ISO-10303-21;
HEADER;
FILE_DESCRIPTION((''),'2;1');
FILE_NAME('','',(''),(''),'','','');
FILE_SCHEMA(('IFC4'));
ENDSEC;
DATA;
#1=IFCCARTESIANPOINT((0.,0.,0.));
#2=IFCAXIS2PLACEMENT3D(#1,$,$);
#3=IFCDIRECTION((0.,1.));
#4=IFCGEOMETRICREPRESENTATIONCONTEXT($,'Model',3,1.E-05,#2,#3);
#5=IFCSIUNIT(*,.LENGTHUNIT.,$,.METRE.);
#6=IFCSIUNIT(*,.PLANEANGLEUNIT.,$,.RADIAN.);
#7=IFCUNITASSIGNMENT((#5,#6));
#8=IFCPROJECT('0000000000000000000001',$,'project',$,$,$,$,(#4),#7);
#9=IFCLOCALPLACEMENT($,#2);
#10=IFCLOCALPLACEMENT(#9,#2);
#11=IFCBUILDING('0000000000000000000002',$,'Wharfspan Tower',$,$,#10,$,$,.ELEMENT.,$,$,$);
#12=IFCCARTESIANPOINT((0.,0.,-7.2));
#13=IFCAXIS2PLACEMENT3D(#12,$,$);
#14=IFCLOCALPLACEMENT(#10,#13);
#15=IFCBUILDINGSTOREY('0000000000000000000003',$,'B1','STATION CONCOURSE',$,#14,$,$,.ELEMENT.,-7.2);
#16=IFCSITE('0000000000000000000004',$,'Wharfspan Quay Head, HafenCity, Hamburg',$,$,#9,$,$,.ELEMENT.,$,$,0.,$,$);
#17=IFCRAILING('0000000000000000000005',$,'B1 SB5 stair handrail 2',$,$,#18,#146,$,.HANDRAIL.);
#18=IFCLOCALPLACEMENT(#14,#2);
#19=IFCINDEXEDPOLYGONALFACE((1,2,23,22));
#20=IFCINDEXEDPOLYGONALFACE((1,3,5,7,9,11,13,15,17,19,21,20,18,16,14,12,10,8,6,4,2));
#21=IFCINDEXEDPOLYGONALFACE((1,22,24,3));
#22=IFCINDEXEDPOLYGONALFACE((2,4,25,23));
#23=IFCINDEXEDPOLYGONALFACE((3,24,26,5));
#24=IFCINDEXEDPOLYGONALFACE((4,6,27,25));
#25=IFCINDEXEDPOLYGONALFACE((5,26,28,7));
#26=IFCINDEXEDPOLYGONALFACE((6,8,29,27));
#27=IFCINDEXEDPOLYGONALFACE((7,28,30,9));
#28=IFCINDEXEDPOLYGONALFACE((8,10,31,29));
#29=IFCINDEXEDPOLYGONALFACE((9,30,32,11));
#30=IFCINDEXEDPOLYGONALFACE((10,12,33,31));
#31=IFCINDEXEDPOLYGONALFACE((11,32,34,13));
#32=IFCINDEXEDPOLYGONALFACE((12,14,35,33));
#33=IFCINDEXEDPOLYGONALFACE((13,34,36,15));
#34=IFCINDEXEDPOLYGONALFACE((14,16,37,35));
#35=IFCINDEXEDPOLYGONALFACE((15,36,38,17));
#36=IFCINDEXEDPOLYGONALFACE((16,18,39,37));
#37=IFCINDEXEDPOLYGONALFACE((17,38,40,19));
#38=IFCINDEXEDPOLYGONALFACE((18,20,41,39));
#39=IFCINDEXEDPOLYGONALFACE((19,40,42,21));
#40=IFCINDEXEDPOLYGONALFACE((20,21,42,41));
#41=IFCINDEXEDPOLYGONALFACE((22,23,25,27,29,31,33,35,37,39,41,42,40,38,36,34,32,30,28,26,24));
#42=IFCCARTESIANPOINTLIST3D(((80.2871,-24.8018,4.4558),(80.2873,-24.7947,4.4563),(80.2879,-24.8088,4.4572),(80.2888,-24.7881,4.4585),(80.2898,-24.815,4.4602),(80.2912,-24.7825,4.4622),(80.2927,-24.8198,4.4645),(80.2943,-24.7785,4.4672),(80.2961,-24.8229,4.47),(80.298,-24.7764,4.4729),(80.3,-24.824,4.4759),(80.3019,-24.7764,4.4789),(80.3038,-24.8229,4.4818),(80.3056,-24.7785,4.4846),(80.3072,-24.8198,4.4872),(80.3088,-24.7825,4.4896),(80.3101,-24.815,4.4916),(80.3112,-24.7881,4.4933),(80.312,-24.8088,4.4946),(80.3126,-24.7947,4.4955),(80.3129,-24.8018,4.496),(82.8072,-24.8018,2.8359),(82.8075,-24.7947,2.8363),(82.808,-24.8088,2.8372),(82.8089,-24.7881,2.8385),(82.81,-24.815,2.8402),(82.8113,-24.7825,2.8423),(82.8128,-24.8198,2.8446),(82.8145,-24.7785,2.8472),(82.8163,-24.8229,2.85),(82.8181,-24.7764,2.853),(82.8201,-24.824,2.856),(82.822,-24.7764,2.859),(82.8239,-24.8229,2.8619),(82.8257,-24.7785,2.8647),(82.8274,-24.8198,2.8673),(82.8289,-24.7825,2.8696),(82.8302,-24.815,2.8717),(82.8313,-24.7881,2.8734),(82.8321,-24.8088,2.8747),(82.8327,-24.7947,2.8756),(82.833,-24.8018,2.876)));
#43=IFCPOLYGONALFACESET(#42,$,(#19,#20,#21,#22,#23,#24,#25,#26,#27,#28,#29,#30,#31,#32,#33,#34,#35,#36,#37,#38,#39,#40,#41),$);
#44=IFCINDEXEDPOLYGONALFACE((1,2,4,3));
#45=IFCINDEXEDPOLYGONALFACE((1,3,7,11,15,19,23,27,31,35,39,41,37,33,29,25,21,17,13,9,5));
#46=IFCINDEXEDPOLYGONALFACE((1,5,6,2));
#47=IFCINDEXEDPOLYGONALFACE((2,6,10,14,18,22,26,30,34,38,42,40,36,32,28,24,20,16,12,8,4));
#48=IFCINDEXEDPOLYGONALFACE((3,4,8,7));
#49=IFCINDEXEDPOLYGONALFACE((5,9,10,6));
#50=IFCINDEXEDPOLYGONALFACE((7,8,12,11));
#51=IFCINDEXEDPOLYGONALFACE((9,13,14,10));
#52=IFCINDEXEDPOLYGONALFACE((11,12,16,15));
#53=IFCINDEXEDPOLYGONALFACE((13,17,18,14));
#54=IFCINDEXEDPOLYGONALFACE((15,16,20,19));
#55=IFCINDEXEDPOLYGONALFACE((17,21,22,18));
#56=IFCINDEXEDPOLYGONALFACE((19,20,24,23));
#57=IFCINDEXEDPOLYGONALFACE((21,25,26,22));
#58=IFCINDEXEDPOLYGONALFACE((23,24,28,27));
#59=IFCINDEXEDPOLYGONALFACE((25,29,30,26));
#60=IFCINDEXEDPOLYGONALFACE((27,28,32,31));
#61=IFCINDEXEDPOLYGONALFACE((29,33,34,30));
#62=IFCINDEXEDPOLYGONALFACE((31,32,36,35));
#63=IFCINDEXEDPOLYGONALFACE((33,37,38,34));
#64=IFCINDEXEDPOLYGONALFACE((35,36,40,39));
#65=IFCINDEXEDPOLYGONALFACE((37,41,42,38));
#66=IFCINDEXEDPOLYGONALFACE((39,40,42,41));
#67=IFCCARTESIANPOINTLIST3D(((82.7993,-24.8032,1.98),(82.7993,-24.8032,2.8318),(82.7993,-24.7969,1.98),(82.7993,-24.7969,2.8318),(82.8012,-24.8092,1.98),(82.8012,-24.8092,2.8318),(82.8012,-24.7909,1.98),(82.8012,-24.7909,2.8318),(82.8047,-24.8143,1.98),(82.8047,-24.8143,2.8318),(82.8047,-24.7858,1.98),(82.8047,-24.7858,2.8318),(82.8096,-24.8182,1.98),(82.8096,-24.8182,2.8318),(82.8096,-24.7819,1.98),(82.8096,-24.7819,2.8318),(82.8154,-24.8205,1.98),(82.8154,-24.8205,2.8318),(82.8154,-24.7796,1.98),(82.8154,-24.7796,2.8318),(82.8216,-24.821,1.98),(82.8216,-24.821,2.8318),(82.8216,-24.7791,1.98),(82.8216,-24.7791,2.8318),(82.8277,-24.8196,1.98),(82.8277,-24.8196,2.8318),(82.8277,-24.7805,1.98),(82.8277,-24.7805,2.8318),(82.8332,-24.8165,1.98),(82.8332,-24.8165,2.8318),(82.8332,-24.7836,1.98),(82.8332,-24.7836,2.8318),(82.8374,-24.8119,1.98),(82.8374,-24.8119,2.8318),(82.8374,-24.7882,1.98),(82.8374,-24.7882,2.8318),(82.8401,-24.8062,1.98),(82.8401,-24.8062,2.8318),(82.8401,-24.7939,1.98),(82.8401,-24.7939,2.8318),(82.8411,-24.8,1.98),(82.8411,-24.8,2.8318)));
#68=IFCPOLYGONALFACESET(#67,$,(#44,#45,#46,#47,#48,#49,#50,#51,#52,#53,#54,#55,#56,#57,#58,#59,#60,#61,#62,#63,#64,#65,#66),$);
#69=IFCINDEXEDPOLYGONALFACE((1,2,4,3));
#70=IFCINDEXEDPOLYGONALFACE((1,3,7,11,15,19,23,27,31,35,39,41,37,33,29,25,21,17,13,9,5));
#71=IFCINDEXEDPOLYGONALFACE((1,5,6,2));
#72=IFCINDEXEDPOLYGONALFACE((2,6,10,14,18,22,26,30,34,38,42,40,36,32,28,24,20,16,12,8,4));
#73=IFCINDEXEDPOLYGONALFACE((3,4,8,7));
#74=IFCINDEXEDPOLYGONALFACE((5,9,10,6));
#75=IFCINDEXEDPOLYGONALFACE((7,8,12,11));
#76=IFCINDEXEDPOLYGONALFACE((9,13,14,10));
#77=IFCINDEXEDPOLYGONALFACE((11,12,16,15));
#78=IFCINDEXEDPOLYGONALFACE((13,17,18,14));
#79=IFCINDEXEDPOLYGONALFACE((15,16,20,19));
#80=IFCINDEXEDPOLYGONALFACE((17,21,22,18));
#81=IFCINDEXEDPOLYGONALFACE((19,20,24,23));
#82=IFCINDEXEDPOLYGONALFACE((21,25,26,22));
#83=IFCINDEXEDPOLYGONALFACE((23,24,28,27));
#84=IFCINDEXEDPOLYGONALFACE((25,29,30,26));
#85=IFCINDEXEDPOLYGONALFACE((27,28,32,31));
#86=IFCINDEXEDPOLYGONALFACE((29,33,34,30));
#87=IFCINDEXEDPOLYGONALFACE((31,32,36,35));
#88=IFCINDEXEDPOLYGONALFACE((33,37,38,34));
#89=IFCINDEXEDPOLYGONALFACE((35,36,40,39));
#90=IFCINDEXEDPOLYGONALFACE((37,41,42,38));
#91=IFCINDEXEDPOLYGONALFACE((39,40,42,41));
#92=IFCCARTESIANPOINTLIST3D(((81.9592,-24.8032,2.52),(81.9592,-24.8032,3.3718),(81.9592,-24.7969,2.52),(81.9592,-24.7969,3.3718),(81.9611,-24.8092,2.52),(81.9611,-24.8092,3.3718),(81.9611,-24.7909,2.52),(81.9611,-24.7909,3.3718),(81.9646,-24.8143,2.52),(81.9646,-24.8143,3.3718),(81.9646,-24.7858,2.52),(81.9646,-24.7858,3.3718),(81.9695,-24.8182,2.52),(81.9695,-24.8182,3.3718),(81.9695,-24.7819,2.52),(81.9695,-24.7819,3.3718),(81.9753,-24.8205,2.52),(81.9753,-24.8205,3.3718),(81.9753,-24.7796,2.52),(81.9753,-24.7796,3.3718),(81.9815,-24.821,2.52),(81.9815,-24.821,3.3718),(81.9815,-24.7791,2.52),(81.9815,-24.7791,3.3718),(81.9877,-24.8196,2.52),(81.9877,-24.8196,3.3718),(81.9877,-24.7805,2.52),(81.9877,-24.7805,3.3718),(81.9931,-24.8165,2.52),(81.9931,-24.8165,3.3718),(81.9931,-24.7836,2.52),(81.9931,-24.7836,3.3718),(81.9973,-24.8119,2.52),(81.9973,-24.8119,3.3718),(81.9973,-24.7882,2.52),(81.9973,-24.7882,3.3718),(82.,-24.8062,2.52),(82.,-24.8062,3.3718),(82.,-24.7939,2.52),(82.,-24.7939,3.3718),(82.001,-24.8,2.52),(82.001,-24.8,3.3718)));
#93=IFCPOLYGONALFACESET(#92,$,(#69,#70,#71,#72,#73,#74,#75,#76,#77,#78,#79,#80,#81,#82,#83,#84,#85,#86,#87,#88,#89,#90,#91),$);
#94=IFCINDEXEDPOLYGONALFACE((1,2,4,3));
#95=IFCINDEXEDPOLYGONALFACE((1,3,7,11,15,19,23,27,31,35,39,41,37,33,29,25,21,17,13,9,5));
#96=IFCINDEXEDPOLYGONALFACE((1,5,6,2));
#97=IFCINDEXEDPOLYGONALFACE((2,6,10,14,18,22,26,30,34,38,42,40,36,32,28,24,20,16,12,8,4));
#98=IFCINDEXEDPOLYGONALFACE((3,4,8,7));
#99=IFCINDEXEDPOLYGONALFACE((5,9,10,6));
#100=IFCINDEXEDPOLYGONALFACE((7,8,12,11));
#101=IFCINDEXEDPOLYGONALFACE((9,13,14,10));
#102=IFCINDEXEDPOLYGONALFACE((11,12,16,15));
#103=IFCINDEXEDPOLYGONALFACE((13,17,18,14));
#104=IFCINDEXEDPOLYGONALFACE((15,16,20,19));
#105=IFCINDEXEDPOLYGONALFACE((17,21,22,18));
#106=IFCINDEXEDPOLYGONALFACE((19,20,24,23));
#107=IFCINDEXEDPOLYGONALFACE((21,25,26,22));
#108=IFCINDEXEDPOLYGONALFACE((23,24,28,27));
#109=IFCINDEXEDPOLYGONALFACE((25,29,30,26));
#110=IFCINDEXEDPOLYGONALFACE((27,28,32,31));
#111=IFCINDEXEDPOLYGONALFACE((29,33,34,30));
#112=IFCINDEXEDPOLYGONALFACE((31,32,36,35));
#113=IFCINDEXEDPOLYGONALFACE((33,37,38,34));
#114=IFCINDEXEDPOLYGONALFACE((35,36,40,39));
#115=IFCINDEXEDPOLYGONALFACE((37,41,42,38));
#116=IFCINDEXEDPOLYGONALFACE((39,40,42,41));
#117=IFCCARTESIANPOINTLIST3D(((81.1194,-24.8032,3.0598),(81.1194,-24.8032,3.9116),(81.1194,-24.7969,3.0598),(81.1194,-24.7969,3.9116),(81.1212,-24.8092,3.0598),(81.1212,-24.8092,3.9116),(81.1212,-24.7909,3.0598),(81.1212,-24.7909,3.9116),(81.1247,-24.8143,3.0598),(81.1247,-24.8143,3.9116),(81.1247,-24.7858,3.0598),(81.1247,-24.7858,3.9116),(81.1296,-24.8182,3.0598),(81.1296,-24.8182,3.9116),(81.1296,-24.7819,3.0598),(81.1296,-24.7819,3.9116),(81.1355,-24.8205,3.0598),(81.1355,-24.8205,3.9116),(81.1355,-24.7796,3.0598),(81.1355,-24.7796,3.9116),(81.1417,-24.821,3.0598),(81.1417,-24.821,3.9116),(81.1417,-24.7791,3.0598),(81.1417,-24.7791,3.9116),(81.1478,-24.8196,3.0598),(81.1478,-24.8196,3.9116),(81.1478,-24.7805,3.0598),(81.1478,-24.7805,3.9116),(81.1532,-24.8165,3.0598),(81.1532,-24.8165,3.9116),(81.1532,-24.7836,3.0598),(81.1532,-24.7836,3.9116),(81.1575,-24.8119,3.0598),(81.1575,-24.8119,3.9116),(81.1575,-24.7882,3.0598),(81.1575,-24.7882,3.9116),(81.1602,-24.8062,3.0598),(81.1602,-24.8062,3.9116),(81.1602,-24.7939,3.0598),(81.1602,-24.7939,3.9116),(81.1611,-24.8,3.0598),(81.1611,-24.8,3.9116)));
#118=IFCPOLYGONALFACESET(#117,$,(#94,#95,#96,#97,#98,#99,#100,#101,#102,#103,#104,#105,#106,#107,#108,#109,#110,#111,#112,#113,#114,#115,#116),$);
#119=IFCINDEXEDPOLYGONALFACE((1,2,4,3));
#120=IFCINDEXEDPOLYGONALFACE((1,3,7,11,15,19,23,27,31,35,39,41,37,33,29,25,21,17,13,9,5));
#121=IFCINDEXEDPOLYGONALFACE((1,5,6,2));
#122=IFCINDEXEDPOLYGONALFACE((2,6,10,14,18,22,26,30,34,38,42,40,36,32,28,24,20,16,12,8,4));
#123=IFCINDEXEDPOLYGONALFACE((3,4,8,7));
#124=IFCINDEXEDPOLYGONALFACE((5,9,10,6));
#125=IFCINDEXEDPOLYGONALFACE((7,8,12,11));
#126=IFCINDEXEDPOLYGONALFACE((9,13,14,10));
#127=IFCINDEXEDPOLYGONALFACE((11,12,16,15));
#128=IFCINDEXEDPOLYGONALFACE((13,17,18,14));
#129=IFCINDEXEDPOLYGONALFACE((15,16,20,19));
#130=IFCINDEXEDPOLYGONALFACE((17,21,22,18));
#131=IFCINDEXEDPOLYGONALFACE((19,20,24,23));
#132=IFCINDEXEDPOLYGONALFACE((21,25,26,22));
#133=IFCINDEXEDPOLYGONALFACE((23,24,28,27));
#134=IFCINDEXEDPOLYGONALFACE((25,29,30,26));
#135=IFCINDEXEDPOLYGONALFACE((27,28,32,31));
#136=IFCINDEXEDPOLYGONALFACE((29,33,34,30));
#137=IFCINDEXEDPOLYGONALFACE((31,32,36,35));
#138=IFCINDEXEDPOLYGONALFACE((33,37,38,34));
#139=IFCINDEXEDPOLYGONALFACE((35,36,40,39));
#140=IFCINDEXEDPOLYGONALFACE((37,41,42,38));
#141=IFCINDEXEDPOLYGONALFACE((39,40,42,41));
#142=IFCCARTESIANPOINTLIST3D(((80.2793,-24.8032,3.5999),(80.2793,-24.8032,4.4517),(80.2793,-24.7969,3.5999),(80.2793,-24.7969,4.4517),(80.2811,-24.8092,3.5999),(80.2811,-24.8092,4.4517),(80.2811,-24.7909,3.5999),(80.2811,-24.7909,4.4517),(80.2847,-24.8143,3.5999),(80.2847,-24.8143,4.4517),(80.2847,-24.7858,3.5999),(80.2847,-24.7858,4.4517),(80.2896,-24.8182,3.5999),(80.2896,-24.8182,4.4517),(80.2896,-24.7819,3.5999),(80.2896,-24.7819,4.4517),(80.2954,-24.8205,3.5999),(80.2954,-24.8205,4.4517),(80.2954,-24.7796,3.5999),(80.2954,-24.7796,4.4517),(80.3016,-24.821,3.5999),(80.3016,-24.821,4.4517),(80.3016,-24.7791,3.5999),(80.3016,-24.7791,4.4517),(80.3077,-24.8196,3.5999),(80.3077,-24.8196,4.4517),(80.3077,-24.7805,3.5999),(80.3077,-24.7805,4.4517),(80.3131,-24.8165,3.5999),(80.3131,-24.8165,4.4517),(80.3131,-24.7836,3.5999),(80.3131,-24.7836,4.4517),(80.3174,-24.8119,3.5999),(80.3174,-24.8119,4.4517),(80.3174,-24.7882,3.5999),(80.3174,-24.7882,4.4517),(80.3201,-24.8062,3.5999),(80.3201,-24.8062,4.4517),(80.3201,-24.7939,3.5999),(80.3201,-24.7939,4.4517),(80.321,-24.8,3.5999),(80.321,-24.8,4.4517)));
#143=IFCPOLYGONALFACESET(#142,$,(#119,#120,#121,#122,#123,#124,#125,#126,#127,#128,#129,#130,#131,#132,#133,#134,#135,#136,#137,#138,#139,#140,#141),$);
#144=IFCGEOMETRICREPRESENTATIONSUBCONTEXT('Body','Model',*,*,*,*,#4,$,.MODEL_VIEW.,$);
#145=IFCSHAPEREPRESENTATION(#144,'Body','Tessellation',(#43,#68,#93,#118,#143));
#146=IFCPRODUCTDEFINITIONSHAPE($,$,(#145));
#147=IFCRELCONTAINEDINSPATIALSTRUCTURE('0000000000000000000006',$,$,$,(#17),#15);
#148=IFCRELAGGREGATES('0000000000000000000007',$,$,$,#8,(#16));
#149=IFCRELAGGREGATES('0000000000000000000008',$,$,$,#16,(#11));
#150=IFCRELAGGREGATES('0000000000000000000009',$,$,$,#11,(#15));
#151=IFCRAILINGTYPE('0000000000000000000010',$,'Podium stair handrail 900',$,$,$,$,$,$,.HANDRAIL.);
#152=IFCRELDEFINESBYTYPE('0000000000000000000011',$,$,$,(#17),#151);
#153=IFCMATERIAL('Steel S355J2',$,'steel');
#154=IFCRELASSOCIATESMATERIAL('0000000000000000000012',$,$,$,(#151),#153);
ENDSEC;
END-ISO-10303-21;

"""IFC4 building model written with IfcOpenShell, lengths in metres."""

from ifc_helpers import new_model, si_unit, direction, frame, origin, origin_2d, place, context, subcontext, project, spatial, circle, extrude, material, type_object, element, save


model = new_model("IFC4")

# Units and contexts
model_context = context("Model", 3, precision=1e-05, world=origin(), true_north=direction((0.0, 1.0)))
body_context = subcontext(model_context, "Body", "Model", "MODEL_VIEW")
ifc_project = project(units=[si_unit("LENGTHUNIT", "METRE"), si_unit("PLANEANGLEUNIT", "RADIAN")], contexts=[model_context])

# Site, building, storey
site_placement = place(None, origin())
site = spatial("IfcSite", under=ifc_project, at=site_placement, Name="Wharfspan Quay Head, HafenCity, Hamburg", CompositionType="ELEMENT", RefElevation=0.0)
building_placement = place(site_placement, origin())
building = spatial("IfcBuilding", under=site, at=building_placement, Name="Wharfspan Tower", CompositionType="ELEMENT")
storey_placement = place(building_placement, frame((0.0, 0.0, -7.2)))
storey = spatial("IfcBuildingStorey", under=building, at=storey_placement, Name="B1", Description="STATION CONCOURSE", CompositionType="ELEMENT", Elevation=-7.2)

# Railing
ifc_material_1 = material(Name="Steel S355J2", Category="steel")
railing_type_1 = type_object("IfcRailingType", Name="Podium stair handrail 900", PredefinedType="HANDRAIL", material=ifc_material_1)
railing_1_placement = place(storey_placement, frame((82.8201, -24.8, 1.98)))
element("IfcRailing", 1, at=railing_1_placement, inside=storey, type_object=railing_type_1, Name="B1 SB5 stair handrail 2", PredefinedType="HANDRAIL", context=body_context, shape_type="SweptSolid", body=[
    extrude(circle(Radius=0.0239, at=origin_2d()), frame((0.0, 0.0, 0.876), z_axis=(-0.8412, 0.0, 0.540725), x_axis=(0.0, -1.0, 0.0)), (0.0, 0.0, 1.0), 2.9958),
    extrude(circle(Radius=0.021, at=origin_2d()), origin(), (0.0, 0.0, 1.0), 0.8518),
    extrude(circle(Radius=0.021, at=origin_2d()), frame((-0.8401, 0.0, 0.54)), (0.0, 0.0, 1.0), 0.8518),
    extrude(circle(Radius=0.021, at=origin_2d()), frame((-1.6799, 0.0, 1.0798)), (0.0, 0.0, 1.0), 0.8518),
    extrude(circle(Radius=0.021, at=origin_2d()), frame((-2.52, 0.0, 1.6199)), (0.0, 0.0, 1.0), 0.8518),
])

save(model, "model.ifc")
